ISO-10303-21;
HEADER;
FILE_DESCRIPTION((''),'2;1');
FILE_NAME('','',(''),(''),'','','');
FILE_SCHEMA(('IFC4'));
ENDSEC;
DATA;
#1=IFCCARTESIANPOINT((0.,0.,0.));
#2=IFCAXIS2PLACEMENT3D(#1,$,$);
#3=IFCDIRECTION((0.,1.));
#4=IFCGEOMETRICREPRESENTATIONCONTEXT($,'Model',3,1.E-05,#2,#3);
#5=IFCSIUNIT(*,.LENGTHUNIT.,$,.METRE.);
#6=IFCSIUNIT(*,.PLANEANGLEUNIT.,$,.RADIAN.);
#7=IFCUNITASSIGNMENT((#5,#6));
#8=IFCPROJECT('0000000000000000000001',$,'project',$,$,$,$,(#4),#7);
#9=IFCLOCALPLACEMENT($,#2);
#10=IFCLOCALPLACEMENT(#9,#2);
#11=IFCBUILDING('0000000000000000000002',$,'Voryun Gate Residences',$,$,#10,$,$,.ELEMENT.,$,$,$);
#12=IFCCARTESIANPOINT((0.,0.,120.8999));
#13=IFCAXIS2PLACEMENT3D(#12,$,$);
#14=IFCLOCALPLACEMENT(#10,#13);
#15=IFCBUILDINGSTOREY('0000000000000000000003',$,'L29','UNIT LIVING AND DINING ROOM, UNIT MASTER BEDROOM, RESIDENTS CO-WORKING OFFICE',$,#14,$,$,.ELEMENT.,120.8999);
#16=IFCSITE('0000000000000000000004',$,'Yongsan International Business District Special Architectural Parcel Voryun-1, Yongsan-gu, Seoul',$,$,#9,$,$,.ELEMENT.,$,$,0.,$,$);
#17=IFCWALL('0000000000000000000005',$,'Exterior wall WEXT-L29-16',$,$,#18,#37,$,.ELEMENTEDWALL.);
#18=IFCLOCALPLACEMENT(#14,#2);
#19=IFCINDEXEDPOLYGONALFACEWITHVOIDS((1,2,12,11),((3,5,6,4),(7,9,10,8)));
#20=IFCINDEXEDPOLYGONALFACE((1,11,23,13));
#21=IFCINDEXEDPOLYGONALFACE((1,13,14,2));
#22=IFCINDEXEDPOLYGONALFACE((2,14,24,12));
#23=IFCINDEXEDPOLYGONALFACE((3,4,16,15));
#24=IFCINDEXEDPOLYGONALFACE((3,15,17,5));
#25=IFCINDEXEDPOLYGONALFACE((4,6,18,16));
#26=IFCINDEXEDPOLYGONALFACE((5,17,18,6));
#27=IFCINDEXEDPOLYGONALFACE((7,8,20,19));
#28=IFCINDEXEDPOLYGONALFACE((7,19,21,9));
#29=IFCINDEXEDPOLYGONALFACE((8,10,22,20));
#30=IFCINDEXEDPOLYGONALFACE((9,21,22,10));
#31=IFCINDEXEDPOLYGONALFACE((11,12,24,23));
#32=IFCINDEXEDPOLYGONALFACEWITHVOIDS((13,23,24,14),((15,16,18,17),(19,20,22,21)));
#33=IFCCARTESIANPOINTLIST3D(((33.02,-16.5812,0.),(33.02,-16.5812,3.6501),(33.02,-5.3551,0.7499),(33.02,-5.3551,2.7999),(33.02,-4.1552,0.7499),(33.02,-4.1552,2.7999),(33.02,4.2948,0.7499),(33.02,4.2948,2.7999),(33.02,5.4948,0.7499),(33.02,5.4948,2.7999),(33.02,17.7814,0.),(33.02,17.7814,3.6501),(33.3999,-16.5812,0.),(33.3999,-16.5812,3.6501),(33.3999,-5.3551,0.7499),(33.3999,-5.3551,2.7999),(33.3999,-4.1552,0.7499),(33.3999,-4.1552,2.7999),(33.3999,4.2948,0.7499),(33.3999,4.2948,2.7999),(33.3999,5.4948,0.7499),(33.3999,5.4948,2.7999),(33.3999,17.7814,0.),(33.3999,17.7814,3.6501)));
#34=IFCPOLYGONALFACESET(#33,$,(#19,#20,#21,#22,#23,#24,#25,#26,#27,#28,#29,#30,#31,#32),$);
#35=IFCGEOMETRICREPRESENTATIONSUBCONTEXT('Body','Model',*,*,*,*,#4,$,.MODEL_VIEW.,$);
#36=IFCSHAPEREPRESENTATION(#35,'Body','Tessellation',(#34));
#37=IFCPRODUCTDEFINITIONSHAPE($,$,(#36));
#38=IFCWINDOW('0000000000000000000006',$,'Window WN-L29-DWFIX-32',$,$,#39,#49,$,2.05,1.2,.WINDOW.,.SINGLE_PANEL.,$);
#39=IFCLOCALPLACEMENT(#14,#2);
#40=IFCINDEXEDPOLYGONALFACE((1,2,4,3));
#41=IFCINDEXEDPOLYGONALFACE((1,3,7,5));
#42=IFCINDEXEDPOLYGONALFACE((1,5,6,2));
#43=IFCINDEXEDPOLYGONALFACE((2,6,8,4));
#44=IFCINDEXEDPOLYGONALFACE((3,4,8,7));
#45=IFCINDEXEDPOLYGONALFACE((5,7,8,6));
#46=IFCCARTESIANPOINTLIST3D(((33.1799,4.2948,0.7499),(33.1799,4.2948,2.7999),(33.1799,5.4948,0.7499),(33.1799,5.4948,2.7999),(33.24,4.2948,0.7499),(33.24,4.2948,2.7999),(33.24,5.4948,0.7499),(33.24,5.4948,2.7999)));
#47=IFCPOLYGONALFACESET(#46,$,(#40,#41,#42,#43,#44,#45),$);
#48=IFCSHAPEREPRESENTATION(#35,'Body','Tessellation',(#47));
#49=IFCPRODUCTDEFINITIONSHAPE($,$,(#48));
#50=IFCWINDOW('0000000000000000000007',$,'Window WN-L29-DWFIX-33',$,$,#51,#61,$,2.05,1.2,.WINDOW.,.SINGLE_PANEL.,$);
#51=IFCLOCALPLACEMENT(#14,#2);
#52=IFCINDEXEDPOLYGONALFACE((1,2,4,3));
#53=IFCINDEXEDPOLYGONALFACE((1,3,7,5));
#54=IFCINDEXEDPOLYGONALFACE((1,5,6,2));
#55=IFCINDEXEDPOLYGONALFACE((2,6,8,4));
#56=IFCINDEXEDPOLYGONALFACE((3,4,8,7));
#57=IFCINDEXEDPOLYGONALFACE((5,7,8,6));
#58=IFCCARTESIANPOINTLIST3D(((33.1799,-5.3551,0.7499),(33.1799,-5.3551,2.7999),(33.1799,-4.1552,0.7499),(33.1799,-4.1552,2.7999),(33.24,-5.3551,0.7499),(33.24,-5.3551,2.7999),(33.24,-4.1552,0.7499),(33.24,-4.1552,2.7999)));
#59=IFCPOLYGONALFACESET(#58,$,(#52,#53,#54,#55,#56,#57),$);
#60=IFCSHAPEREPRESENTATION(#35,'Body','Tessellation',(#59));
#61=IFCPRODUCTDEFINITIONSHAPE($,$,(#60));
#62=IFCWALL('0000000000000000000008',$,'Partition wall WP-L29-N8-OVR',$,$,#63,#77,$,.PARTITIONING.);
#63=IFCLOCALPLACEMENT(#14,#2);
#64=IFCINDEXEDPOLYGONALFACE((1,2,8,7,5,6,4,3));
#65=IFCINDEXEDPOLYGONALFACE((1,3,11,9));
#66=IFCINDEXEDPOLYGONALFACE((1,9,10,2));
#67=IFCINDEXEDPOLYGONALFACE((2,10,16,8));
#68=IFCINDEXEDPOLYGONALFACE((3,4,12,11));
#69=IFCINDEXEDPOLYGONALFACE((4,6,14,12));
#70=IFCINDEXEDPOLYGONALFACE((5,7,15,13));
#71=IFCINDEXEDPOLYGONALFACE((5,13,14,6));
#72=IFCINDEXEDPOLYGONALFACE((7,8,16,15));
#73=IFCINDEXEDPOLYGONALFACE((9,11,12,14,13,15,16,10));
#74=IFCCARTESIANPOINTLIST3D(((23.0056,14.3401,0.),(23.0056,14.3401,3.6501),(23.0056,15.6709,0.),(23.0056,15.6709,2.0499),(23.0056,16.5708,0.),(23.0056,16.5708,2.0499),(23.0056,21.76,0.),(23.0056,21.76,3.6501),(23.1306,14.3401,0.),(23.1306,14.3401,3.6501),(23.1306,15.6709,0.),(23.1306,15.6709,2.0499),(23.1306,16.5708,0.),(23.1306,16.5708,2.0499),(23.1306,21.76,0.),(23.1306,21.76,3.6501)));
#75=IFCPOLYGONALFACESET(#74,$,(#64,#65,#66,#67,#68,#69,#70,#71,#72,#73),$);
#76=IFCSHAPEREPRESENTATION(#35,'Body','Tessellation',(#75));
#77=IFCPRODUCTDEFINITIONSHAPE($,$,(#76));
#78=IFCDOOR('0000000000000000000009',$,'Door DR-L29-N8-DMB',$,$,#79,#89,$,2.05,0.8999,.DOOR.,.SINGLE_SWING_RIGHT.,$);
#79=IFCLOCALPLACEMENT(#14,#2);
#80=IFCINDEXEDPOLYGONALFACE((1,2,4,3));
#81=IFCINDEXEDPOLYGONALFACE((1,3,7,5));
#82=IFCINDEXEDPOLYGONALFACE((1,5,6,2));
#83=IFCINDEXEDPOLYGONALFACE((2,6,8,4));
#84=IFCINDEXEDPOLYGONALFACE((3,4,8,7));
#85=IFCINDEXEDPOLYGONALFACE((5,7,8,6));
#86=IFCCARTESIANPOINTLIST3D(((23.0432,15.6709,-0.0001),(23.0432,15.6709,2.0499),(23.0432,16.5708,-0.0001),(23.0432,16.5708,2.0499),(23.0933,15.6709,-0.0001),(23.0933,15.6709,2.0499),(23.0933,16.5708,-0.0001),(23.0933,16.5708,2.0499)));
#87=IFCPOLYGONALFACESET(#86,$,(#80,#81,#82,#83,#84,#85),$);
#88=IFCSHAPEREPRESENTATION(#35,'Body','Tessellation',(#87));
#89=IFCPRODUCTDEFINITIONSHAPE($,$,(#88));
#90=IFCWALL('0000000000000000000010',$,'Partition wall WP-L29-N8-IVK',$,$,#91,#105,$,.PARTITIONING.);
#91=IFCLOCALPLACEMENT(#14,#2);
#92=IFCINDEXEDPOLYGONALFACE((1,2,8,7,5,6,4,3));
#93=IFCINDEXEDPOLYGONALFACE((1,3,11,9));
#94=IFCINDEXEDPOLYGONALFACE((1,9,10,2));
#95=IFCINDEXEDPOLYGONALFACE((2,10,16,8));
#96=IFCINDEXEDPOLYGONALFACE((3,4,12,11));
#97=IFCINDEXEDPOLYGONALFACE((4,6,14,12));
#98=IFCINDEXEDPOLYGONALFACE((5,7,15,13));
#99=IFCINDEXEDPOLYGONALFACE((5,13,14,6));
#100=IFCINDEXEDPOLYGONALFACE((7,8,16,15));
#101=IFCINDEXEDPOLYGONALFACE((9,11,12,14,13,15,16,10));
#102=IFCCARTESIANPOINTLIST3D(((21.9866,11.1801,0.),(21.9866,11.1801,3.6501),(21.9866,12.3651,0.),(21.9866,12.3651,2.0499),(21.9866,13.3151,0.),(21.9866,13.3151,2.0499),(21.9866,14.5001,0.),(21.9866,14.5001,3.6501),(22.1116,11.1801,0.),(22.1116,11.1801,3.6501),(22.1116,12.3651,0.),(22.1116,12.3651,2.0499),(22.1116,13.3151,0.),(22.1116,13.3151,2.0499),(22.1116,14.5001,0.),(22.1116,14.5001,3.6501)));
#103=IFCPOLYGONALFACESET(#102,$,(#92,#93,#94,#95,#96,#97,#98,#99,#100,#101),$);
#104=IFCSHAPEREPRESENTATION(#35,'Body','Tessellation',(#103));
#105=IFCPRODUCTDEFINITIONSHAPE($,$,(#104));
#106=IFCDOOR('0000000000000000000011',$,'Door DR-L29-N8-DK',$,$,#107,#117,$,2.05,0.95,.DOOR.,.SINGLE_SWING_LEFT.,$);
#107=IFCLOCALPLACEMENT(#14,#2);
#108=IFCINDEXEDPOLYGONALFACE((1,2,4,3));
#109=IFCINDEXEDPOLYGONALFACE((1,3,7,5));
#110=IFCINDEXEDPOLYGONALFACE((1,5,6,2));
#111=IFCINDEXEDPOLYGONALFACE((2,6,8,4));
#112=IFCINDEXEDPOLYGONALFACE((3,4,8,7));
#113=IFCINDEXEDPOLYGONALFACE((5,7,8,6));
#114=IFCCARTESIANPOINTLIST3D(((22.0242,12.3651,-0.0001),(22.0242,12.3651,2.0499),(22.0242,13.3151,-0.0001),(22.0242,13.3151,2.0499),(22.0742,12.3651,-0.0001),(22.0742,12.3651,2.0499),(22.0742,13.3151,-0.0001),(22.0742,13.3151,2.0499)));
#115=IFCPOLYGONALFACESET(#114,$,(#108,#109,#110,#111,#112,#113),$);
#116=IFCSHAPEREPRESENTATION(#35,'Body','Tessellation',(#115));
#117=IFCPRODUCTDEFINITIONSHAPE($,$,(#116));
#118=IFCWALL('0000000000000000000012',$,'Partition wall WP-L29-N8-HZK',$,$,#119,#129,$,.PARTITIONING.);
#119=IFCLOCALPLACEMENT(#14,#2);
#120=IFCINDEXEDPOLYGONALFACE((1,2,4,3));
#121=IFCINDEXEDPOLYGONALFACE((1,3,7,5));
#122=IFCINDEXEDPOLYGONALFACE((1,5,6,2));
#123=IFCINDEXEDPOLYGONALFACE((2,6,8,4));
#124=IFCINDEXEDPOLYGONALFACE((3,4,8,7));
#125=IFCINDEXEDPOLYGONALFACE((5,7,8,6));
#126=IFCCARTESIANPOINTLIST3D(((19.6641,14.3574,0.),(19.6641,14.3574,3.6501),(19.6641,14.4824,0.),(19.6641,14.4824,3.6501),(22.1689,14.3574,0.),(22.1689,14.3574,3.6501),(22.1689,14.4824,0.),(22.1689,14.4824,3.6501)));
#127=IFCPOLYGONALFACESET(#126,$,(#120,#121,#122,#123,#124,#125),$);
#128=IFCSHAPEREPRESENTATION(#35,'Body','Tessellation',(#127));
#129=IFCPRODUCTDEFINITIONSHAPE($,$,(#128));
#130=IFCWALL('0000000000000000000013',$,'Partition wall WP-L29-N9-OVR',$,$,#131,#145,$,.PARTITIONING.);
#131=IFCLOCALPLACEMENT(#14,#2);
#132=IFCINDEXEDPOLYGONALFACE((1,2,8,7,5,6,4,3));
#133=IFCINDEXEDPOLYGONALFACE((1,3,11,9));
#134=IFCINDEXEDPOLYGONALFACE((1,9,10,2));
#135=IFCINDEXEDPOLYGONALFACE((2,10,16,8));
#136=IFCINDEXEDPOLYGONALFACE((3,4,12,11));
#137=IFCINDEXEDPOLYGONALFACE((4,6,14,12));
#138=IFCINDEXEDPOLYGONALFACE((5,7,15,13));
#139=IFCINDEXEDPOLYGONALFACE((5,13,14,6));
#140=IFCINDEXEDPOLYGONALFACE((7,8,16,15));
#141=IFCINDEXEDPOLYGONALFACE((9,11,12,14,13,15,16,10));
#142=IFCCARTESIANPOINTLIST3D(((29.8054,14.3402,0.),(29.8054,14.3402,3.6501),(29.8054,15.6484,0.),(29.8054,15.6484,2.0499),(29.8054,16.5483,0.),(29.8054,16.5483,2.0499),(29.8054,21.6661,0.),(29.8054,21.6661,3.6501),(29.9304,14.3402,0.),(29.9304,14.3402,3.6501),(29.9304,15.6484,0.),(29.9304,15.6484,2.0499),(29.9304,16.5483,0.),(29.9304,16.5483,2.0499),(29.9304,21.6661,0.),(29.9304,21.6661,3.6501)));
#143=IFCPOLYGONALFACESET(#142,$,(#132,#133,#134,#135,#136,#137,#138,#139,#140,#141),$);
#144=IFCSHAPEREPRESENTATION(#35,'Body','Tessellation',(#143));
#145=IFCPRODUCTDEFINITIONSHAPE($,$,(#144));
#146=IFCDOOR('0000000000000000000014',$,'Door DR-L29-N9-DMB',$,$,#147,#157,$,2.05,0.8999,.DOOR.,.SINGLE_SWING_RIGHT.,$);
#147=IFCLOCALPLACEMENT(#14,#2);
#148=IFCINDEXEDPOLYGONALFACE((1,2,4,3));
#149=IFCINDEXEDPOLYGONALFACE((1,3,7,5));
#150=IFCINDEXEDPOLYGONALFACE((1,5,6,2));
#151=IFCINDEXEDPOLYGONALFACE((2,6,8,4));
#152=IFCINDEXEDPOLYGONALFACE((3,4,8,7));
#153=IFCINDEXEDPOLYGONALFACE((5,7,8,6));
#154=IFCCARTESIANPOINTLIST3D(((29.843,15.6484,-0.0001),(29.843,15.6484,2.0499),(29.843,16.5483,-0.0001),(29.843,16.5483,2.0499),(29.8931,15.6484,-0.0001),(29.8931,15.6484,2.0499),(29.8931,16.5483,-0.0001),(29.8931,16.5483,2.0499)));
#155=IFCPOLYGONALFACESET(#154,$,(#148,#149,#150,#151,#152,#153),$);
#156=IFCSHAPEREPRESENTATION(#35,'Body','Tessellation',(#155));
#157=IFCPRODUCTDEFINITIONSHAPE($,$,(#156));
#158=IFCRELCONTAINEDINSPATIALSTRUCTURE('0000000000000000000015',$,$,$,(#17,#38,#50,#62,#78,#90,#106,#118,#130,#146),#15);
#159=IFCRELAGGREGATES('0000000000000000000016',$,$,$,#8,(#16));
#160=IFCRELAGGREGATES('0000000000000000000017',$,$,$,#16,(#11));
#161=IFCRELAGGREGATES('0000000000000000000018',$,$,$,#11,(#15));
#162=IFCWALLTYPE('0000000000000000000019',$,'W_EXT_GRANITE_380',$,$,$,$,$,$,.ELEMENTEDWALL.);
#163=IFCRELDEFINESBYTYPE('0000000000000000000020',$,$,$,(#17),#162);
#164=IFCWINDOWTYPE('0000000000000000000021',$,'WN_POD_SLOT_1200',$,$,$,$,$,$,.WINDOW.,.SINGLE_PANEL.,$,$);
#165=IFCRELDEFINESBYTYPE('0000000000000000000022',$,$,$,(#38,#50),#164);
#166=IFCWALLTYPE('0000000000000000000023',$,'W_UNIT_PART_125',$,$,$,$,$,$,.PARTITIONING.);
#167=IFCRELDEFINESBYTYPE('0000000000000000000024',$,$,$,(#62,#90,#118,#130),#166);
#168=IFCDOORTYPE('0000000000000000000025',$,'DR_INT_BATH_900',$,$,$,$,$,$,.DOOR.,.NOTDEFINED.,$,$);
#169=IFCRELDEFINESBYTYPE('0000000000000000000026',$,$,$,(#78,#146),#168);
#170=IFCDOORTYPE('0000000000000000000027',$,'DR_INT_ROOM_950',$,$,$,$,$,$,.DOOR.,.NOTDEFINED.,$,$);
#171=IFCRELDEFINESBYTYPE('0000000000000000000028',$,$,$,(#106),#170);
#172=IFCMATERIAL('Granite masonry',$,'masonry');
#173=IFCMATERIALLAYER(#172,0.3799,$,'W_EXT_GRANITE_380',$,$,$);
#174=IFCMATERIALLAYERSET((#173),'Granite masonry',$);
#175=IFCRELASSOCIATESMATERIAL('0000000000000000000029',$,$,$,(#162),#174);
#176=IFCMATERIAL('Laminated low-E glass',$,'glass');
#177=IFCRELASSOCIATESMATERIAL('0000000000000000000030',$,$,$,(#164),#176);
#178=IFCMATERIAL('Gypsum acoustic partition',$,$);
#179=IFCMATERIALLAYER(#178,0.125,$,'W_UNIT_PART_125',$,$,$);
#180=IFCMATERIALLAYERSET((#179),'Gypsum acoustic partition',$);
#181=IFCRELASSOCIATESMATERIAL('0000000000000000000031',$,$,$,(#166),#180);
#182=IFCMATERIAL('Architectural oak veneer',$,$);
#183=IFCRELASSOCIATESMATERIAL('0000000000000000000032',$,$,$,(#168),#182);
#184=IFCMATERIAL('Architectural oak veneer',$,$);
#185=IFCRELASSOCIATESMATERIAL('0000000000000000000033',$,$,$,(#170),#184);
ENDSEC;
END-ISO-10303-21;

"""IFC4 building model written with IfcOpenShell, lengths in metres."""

from ifc_helpers import new_model, si_unit, direction, frame, frame_2d, origin, place, context, subcontext, project, spatial, rectangle, extrude, material, layer, layer_set, type_object, element, fill, save


model = new_model("IFC4")

# Units and contexts
model_context = context("Model", 3, precision=1e-05, world=origin(), true_north=direction((0.0, 1.0)))
body_context = subcontext(model_context, "Body", "Model", "MODEL_VIEW")
ifc_project = project(units=[si_unit("LENGTHUNIT", "METRE"), si_unit("PLANEANGLEUNIT", "RADIAN")], contexts=[model_context])

# Site, building, storey
site_placement = place(None, origin())
site = spatial("IfcSite", under=ifc_project, at=site_placement, Name="Yongsan International Business District Special Architectural Parcel Voryun-1, Yongsan-gu, Seoul", CompositionType="ELEMENT", RefElevation=0.0)
building_placement = place(site_placement, origin())
building = spatial("IfcBuilding", under=site, at=building_placement, Name="Voryun Gate Residences", CompositionType="ELEMENT")
storey_placement = place(building_placement, frame((0.0, 0.0, 120.8999)))
storey = spatial("IfcBuildingStorey", under=building, at=storey_placement, Name="L29", Description="UNIT LIVING AND DINING ROOM, UNIT MASTER BEDROOM, RESIDENTS CO-WORKING OFFICE", CompositionType="ELEMENT", Elevation=120.8999)

# Shared definitions
ifc_material_1 = material(Name="Granite masonry", Category="masonry")
ifc_layer_1 = layer(ifc_material_1, 0.3799, Name="W_EXT_GRANITE_380")
ifc_layer_set_1 = layer_set([ifc_layer_1], Name="Granite masonry")
wall_type_1 = type_object("IfcWallType", Name="W_EXT_GRANITE_380", PredefinedType="ELEMENTEDWALL", material=ifc_layer_set_1)

# Wall, openings, windows
wall_1_placement = place(storey_placement, frame((33.21, 17.7812, 0.0), z_axis=(0.0, 0.0, 1.0), x_axis=(0.0, -1.0, 0.0)))
wall_1 = element("IfcWall", 1, at=wall_1_placement, inside=storey, type_object=wall_type_1, Name="Exterior wall WEXT-L29-16", PredefinedType="ELEMENTEDWALL", context=body_context, shape_type="SweptSolid", body=[
    extrude(rectangle(XDim=34.3625, YDim=0.3799, at=frame_2d((17.1812, 0.0))), origin(), (0.0, 0.0, 1.0), 3.6501),
])
opening_1_placement = place(wall_1_placement, frame((12.2864, 0.0, 0.75)))
opening_1 = element("IfcOpeningElement", 2, at=opening_1_placement, cuts=wall_1, PredefinedType="OPENING", context=body_context, shape_type="SweptSolid", body=[
    extrude(rectangle(XDim=1.2, YDim=2.05, at=frame_2d((0.6001, 1.0249))), frame((0.0, 0.2, 0.0), z_axis=(0.0, -1.0, 0.0), x_axis=(1.0, 0.0, 0.0)), (0.0, 0.0, 1.0), 0.3999),
])
opening_2_placement = place(wall_1_placement, frame((21.9363, 0.0, 0.75)))
opening_2 = element("IfcOpeningElement", 3, at=opening_2_placement, cuts=wall_1, PredefinedType="OPENING", context=body_context, shape_type="SweptSolid", body=[
    extrude(rectangle(XDim=1.2, YDim=2.05, at=frame_2d((0.6001, 1.0249))), frame((0.0, 0.2, 0.0), z_axis=(0.0, -1.0, 0.0), x_axis=(1.0, 0.0, 0.0)), (0.0, 0.0, 1.0), 0.3999),
])
ifc_material_2 = material(Name="Laminated low-E glass", Category="glass")
window_type_1 = type_object("IfcWindowType", Name="WN_POD_SLOT_1200", PartitioningType="SINGLE_PANEL", PredefinedType="WINDOW", material=ifc_material_2)
window_1_placement = place(opening_1_placement, origin())
window_1 = element("IfcWindow", 4, at=window_1_placement, inside=storey, type_object=window_type_1, Name="Window WN-L29-DWFIX-32", OverallHeight=2.05, OverallWidth=1.2, PartitioningType="SINGLE_PANEL", PredefinedType="WINDOW", context=body_context, shape_type="SweptSolid", body=[
    extrude(rectangle(XDim=1.2, YDim=2.05, at=frame_2d((0.6001, 1.0249))), frame((0.0, 0.03, 0.0), z_axis=(0.0, -1.0, 0.0), x_axis=(1.0, 0.0, 0.0)), (0.0, 0.0, 1.0), 0.0601),
])
fill(opening_1, window_1)
window_2_placement = place(opening_2_placement, origin())
window_2 = element("IfcWindow", 5, at=window_2_placement, inside=storey, type_object=window_type_1, Name="Window WN-L29-DWFIX-33", OverallHeight=2.05, OverallWidth=1.2, PartitioningType="SINGLE_PANEL", PredefinedType="WINDOW", context=body_context, shape_type="SweptSolid", body=[
    extrude(rectangle(XDim=1.2, YDim=2.05, at=frame_2d((0.6001, 1.0249))), frame((0.0, 0.03, 0.0), z_axis=(0.0, -1.0, 0.0), x_axis=(1.0, 0.0, 0.0)), (0.0, 0.0, 1.0), 0.0601),
])
fill(opening_2, window_2)

# Walls, openings, doors
ifc_material_3 = material(Name="Gypsum acoustic partition")
ifc_layer_2 = layer(ifc_material_3, 0.125, Name="W_UNIT_PART_125")
ifc_layer_set_2 = layer_set([ifc_layer_2], Name="Gypsum acoustic partition")
wall_type_2 = type_object("IfcWallType", Name="W_UNIT_PART_125", PredefinedType="PARTITIONING", material=ifc_layer_set_2)
wall_2_placement = place(storey_placement, frame((23.0681, 14.3401, 0.0), z_axis=(0.0, 0.0, 1.0), x_axis=(0.0, 1.0, 0.0)))
wall_2 = element("IfcWall", 6, at=wall_2_placement, inside=storey, type_object=wall_type_2, Name="Partition wall WP-L29-N8-OVR", PredefinedType="PARTITIONING", context=body_context, shape_type="SweptSolid", body=[
    extrude(rectangle(XDim=7.4199, YDim=0.125, at=frame_2d((3.71, 0.0))), origin(), (0.0, 0.0, 1.0), 3.6501),
])
opening_3_placement = place(wall_2_placement, frame((1.3308, 0.0, 0.0)))
opening_3 = element("IfcOpeningElement", 7, at=opening_3_placement, cuts=wall_2, PredefinedType="OPENING", context=body_context, shape_type="SweptSolid", body=[
    extrude(rectangle(XDim=0.8999, YDim=2.05, at=frame_2d((0.45, 1.0249))), frame((0.0, 0.0725, 0.0), z_axis=(0.0, -1.0, 0.0), x_axis=(1.0, 0.0, 0.0)), (0.0, 0.0, 1.0), 0.145),
])
ifc_material_4 = material(Name="Architectural oak veneer")
door_type_1 = type_object("IfcDoorType", Name="DR_INT_BATH_900", OperationType="NOTDEFINED", PredefinedType="DOOR", material=ifc_material_4)
door_1_placement = place(opening_3_placement, origin())
door_1 = element("IfcDoor", 8, at=door_1_placement, inside=storey, type_object=door_type_1, Name="Door DR-L29-N8-DMB", OperationType="SINGLE_SWING_RIGHT", OverallHeight=2.05, OverallWidth=0.8999, PredefinedType="DOOR", context=body_context, shape_type="SweptSolid", body=[
    extrude(rectangle(XDim=0.8999, YDim=2.05, at=frame_2d((0.45, 1.0249))), frame((0.0, 0.0249, 0.0), z_axis=(0.0, -1.0, 0.0), x_axis=(1.0, 0.0, 0.0)), (0.0, 0.0, 1.0), 0.05),
])
fill(opening_3, door_1)
wall_3_placement = place(storey_placement, frame((22.0491, 11.1799, 0.0), z_axis=(0.0, 0.0, 1.0), x_axis=(0.0, 1.0, 0.0)))
wall_3 = element("IfcWall", 9, at=wall_3_placement, inside=storey, type_object=wall_type_2, Name="Partition wall WP-L29-N8-IVK", PredefinedType="PARTITIONING", context=body_context, shape_type="SweptSolid", body=[
    extrude(rectangle(XDim=3.3201, YDim=0.125, at=frame_2d((1.6602, 0.0))), origin(), (0.0, 0.0, 1.0), 3.6501),
])
opening_4_placement = place(wall_3_placement, frame((1.1851, 0.0, 0.0)))
opening_4 = element("IfcOpeningElement", 10, at=opening_4_placement, cuts=wall_3, PredefinedType="OPENING", context=body_context, shape_type="SweptSolid", body=[
    extrude(rectangle(XDim=0.95, YDim=2.05, at=frame_2d((0.4751, 1.0249))), frame((0.0, 0.0725, 0.0), z_axis=(0.0, -1.0, 0.0), x_axis=(1.0, 0.0, 0.0)), (0.0, 0.0, 1.0), 0.145),
])
ifc_material_5 = material(Name="Architectural oak veneer")
door_type_2 = type_object("IfcDoorType", Name="DR_INT_ROOM_950", OperationType="NOTDEFINED", PredefinedType="DOOR", material=ifc_material_5)
door_2_placement = place(opening_4_placement, origin())
door_2 = element("IfcDoor", 11, at=door_2_placement, inside=storey, type_object=door_type_2, Name="Door DR-L29-N8-DK", OperationType="SINGLE_SWING_LEFT", OverallHeight=2.05, OverallWidth=0.95, PredefinedType="DOOR", context=body_context, shape_type="SweptSolid", body=[
    extrude(rectangle(XDim=0.95, YDim=2.05, at=frame_2d((0.4751, 1.0249))), frame((0.0, 0.0249, 0.0), z_axis=(0.0, -1.0, 0.0), x_axis=(1.0, 0.0, 0.0)), (0.0, 0.0, 1.0), 0.05),
])
fill(opening_4, door_2)

# Wall
wall_4_placement = place(storey_placement, frame((19.6641, 14.4199, 0.0), z_axis=(0.0, 0.0, 1.0), x_axis=(1.0, 0.0, 0.0)))
element("IfcWall", 12, at=wall_4_placement, inside=storey, type_object=wall_type_2, Name="Partition wall WP-L29-N8-HZK", PredefinedType="PARTITIONING", context=body_context, shape_type="SweptSolid", body=[
    extrude(rectangle(XDim=2.5049, YDim=0.125, at=frame_2d((1.2524, 0.0))), origin(), (0.0, 0.0, 1.0), 3.6501),
])

# Wall, opening, door
wall_5_placement = place(storey_placement, frame((29.8679, 14.3401, 0.0), z_axis=(0.0, 0.0, 1.0), x_axis=(0.0, 1.0, 0.0)))
wall_5 = element("IfcWall", 13, at=wall_5_placement, inside=storey, type_object=wall_type_2, Name="Partition wall WP-L29-N9-OVR", PredefinedType="PARTITIONING", context=body_context, shape_type="SweptSolid", body=[
    extrude(rectangle(XDim=7.3259, YDim=0.125, at=frame_2d((3.6631, 0.0))), origin(), (0.0, 0.0, 1.0), 3.6501),
])
opening_5_placement = place(wall_5_placement, frame((1.3083, 0.0, 0.0)))
opening_5 = element("IfcOpeningElement", 14, at=opening_5_placement, cuts=wall_5, PredefinedType="OPENING", context=body_context, shape_type="SweptSolid", body=[
    extrude(rectangle(XDim=0.8999, YDim=2.05, at=frame_2d((0.45, 1.0249))), frame((0.0, 0.0725, 0.0), z_axis=(0.0, -1.0, 0.0), x_axis=(1.0, 0.0, 0.0)), (0.0, 0.0, 1.0), 0.145),
])
door_3_placement = place(opening_5_placement, origin())
door_3 = element("IfcDoor", 15, at=door_3_placement, inside=storey, type_object=door_type_1, Name="Door DR-L29-N9-DMB", OperationType="SINGLE_SWING_RIGHT", OverallHeight=2.05, OverallWidth=0.8999, PredefinedType="DOOR", context=body_context, shape_type="SweptSolid", body=[
    extrude(rectangle(XDim=0.8999, YDim=2.05, at=frame_2d((0.45, 1.0249))), frame((0.0, 0.0249, 0.0), z_axis=(0.0, -1.0, 0.0), x_axis=(1.0, 0.0, 0.0)), (0.0, 0.0, 1.0), 0.05),
])
fill(opening_5, door_3)

save(model, "model.ifc")
